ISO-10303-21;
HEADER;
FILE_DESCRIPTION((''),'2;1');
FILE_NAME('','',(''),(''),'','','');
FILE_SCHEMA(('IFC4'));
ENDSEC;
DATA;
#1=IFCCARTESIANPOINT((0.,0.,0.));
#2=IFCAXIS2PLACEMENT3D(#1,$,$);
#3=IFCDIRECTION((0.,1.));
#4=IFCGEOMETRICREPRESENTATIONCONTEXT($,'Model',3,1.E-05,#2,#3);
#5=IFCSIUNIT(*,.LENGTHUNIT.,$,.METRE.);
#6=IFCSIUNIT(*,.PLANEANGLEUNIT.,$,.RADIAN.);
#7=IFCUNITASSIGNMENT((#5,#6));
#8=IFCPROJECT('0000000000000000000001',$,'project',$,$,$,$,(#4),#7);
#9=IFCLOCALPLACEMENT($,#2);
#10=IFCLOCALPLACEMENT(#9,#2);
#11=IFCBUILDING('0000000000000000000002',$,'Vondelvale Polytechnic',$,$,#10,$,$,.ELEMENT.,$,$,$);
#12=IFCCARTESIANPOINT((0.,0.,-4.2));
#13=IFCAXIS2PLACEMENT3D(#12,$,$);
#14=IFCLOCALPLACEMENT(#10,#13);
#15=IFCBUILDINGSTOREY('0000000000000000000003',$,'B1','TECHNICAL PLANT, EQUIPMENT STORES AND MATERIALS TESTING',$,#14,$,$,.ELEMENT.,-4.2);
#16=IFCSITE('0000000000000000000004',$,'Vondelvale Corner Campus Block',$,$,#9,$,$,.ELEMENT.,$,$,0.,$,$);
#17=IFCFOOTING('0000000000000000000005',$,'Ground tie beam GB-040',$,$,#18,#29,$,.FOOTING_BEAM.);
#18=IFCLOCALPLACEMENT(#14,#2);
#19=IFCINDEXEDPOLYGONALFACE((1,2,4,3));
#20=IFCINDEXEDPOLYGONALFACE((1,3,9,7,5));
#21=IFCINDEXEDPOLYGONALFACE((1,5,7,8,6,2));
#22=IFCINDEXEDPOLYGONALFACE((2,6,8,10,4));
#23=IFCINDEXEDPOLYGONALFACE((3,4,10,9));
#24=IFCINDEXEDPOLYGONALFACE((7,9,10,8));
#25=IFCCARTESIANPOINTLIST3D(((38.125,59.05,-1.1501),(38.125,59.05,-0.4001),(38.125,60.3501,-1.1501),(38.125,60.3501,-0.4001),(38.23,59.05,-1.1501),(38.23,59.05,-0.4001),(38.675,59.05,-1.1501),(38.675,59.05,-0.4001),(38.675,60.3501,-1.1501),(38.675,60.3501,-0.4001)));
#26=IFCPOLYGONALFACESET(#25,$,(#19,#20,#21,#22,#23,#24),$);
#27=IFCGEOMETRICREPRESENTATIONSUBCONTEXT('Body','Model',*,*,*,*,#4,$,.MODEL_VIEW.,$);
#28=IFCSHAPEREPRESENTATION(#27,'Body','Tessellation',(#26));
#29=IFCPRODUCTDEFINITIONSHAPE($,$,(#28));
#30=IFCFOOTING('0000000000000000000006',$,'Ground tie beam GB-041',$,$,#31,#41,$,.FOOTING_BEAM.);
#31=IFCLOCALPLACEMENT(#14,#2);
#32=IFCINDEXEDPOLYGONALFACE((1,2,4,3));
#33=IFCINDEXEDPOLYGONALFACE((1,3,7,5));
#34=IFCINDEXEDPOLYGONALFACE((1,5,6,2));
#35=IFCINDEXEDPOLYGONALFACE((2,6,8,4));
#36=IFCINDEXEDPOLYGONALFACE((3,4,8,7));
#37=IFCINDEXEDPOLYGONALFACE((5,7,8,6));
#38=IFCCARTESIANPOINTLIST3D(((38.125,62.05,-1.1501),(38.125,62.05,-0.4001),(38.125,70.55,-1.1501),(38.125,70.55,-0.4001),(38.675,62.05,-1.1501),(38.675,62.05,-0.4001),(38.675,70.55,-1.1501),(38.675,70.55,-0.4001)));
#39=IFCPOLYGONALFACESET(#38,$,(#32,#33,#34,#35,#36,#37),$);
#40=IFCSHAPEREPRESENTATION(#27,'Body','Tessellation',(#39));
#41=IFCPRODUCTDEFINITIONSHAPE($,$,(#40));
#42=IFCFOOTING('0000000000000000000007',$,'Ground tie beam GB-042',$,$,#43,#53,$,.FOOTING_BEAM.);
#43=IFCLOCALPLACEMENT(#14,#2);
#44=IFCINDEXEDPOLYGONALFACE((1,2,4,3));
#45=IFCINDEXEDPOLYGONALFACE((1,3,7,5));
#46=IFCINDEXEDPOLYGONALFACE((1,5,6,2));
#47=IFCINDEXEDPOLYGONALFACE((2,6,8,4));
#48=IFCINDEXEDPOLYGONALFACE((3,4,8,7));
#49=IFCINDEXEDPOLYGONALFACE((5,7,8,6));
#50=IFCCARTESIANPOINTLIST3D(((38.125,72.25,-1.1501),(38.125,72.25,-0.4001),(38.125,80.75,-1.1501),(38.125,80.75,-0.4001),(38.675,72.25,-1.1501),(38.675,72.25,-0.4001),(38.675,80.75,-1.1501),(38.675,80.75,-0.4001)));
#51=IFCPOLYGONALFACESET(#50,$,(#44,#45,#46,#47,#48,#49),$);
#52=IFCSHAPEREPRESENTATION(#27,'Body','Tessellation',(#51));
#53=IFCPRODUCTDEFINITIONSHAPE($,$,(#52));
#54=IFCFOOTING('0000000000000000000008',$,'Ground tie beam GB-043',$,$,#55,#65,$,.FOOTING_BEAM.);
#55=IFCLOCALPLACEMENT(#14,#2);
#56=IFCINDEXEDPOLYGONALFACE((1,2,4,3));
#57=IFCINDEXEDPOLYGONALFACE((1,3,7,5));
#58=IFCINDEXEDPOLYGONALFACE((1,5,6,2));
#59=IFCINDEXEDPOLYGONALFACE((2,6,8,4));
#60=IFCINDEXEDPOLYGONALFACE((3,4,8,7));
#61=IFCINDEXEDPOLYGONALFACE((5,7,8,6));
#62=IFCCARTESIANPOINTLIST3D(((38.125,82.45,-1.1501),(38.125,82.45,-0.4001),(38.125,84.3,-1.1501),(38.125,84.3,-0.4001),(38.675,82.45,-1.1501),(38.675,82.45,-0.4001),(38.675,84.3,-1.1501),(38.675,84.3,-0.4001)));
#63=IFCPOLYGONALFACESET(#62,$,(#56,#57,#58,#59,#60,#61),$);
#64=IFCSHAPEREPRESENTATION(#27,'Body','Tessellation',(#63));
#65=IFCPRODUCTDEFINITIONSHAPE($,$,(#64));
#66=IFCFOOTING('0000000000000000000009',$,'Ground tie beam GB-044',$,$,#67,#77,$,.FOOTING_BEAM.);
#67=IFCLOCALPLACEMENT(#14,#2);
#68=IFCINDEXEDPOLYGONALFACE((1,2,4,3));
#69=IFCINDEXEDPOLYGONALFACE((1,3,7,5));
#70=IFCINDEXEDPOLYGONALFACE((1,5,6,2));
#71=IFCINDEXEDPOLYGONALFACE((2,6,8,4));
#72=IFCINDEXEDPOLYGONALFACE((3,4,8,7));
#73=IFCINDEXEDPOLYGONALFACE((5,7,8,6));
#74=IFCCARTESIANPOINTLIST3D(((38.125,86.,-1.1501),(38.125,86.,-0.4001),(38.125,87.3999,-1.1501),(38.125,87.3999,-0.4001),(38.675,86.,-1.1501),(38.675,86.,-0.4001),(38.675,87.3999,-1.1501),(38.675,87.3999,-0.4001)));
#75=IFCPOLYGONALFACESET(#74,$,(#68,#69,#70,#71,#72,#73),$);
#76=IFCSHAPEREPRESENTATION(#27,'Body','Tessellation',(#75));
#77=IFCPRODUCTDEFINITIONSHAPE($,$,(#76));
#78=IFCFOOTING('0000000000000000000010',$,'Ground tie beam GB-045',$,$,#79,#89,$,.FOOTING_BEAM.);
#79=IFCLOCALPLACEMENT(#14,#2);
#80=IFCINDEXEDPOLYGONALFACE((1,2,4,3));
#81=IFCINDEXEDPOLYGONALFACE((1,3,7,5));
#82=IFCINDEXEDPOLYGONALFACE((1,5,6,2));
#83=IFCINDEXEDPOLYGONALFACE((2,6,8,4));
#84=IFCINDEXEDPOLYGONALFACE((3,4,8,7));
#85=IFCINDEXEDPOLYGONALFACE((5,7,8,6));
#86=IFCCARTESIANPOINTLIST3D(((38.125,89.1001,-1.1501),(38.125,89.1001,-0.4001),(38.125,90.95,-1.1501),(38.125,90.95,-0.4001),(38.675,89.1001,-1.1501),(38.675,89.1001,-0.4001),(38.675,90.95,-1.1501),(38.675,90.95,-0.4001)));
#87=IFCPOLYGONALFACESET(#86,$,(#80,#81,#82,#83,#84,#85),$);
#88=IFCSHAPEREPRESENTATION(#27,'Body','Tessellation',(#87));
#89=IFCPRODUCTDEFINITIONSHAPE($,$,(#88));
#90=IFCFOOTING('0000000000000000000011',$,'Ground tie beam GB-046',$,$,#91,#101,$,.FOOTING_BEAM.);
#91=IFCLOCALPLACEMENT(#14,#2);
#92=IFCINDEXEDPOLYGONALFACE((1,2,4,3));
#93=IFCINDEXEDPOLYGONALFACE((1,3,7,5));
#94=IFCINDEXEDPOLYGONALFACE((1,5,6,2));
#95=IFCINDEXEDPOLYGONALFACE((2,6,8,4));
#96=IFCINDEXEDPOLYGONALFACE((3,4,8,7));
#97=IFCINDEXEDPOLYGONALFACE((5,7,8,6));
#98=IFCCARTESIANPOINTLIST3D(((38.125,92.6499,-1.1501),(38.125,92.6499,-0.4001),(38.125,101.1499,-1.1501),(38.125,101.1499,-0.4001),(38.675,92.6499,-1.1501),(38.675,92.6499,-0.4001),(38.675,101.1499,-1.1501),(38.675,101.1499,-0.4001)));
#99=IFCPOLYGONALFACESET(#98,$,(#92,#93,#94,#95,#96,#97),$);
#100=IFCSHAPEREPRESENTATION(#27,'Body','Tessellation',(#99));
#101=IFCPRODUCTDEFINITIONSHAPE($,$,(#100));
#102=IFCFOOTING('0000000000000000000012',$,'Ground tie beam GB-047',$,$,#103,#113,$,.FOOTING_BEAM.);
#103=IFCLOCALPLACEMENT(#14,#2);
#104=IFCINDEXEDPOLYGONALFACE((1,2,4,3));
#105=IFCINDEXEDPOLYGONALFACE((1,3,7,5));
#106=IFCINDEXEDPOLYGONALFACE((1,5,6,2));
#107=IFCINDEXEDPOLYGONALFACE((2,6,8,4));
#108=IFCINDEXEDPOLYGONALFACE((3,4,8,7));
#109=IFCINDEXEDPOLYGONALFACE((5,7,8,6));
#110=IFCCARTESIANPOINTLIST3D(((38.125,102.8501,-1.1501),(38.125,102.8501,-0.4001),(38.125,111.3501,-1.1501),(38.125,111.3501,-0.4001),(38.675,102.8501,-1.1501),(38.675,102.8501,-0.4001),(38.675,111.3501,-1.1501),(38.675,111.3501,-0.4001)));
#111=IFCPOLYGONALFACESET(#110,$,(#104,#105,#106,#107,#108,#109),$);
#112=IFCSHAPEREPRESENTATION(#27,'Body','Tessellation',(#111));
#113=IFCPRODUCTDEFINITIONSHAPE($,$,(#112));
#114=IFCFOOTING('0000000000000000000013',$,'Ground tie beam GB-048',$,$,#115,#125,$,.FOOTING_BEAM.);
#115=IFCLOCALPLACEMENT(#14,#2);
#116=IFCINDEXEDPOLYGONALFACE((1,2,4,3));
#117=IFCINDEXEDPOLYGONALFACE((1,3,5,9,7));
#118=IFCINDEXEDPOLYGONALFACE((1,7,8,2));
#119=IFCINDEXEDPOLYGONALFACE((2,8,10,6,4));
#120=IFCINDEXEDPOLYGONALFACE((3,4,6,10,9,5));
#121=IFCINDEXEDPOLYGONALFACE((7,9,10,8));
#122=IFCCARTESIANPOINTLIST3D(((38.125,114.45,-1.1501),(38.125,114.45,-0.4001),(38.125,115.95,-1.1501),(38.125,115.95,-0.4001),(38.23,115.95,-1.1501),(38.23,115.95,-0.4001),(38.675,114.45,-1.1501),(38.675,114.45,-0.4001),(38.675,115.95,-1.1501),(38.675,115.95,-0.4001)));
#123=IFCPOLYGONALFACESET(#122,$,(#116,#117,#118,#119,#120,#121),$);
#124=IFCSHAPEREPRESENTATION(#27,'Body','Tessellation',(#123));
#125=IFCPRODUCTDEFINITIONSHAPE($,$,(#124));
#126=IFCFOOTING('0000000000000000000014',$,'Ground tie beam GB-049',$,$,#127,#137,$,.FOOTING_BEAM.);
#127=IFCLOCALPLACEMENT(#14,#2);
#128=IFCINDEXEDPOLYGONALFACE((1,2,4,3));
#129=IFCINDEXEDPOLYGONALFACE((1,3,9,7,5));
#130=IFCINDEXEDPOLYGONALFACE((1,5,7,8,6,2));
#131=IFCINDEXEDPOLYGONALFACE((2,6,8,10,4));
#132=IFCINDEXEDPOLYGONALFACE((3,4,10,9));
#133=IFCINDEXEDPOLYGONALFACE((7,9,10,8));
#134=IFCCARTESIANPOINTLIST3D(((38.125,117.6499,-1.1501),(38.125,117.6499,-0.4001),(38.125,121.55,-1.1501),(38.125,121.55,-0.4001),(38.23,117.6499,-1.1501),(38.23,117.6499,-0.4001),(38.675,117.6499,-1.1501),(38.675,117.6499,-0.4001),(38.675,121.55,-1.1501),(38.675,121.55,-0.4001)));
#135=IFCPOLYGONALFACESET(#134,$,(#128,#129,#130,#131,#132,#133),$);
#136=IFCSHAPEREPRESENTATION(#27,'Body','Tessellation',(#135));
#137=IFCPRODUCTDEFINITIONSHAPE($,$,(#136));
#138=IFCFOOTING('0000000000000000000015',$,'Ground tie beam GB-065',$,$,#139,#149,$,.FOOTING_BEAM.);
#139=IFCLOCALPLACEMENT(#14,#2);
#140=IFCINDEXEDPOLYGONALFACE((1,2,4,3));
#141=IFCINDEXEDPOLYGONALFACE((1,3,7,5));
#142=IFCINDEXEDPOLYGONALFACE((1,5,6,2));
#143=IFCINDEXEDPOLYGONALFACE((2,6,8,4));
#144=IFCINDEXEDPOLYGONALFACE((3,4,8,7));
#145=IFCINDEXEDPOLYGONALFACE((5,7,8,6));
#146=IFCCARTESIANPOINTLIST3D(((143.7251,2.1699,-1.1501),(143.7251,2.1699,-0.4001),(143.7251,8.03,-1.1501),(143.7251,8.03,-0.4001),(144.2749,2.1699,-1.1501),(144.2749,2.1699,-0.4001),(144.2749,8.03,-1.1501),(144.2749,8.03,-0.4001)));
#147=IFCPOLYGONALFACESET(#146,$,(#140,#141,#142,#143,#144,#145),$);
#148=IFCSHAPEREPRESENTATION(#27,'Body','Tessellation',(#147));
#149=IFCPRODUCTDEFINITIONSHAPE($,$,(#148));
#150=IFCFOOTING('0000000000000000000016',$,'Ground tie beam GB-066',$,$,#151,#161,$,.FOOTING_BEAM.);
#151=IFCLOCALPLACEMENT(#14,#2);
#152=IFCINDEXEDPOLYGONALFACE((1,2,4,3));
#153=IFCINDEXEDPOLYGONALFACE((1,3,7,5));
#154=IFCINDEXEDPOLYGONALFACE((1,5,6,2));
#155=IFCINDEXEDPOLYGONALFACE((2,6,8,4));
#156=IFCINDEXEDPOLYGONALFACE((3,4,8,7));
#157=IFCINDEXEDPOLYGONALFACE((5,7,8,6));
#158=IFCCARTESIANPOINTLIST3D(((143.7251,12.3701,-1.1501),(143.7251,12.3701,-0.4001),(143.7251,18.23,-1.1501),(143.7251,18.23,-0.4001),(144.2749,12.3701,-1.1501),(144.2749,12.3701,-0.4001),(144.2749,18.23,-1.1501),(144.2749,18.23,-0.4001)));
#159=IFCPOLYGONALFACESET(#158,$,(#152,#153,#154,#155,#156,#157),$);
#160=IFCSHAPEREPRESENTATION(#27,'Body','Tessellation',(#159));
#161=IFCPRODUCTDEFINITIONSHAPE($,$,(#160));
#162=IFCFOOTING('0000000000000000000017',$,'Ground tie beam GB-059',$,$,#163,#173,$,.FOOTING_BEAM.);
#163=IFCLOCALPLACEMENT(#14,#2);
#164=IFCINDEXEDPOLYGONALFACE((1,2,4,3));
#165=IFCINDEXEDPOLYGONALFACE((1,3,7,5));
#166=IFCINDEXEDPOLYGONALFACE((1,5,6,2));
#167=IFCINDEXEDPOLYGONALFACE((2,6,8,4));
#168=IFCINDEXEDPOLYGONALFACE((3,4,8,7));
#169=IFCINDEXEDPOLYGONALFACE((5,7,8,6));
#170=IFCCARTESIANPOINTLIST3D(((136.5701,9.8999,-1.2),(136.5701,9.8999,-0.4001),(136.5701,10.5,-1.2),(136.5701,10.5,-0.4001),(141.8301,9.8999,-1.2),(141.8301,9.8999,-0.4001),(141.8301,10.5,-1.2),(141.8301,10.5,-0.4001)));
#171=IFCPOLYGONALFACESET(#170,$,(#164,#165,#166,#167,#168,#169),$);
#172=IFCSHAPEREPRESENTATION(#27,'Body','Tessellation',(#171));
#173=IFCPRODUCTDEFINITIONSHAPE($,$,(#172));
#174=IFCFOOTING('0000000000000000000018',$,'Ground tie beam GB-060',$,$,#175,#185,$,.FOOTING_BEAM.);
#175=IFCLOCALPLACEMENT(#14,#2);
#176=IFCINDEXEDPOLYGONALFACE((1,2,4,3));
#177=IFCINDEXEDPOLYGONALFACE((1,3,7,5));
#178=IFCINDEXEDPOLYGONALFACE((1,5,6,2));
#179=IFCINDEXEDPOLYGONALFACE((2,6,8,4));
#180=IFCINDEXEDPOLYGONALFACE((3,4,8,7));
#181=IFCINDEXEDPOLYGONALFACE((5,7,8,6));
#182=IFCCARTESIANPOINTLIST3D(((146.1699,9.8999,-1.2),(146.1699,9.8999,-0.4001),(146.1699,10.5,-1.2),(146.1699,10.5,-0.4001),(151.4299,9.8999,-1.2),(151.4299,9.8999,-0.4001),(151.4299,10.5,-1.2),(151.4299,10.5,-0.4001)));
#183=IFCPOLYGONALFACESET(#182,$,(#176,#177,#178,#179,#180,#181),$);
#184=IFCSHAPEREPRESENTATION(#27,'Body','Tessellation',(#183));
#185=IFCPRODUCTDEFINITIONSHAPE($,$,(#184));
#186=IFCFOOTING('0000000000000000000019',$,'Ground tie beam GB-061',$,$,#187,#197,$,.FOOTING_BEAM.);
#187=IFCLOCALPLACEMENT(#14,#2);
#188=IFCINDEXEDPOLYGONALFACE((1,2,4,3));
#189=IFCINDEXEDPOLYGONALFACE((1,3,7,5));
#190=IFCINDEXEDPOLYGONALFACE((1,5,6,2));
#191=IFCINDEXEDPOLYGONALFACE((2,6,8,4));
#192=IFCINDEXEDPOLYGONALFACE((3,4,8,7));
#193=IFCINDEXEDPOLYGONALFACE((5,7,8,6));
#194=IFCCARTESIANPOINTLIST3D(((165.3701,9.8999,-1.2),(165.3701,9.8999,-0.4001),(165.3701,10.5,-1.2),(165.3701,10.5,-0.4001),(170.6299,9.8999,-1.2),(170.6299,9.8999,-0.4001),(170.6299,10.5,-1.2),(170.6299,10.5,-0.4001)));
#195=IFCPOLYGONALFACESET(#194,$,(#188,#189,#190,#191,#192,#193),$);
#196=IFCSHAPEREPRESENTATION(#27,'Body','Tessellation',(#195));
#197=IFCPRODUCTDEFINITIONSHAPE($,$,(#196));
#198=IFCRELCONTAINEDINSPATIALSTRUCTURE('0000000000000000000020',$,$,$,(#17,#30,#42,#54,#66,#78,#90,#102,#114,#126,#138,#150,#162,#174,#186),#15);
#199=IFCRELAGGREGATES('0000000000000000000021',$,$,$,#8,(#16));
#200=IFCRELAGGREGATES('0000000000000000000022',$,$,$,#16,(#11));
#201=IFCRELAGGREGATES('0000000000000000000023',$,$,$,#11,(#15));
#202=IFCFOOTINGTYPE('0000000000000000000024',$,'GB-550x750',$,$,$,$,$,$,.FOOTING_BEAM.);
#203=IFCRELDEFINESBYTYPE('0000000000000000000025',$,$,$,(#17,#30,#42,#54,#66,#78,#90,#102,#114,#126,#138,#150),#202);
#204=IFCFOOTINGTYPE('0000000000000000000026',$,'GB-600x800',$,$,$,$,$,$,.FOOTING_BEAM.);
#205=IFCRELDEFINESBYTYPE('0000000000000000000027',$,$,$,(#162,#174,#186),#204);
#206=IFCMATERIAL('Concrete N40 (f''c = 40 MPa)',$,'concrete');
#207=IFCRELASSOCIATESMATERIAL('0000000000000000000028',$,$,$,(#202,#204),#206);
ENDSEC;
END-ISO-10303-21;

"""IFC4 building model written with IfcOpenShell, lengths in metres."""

from ifc_helpers import new_model, si_unit, direction, frame, origin, place, context, subcontext, project, spatial, polyline, outline, extrude, material, type_object, element, save


model = new_model("IFC4")

# Units and contexts
model_context = context("Model", 3, precision=1e-05, world=origin(), true_north=direction((0.0, 1.0)))
body_context = subcontext(model_context, "Body", "Model", "MODEL_VIEW")
ifc_project = project(units=[si_unit("LENGTHUNIT", "METRE"), si_unit("PLANEANGLEUNIT", "RADIAN")], contexts=[model_context])

# Site, building, storey
site_placement = place(None, origin())
site = spatial("IfcSite", under=ifc_project, at=site_placement, Name="Vondelvale Corner Campus Block", CompositionType="ELEMENT", RefElevation=0.0)
building_placement = place(site_placement, origin())
building = spatial("IfcBuilding", under=site, at=building_placement, Name="Vondelvale Polytechnic", CompositionType="ELEMENT")
storey_placement = place(building_placement, frame((0.0, 0.0, -4.2)))
storey = spatial("IfcBuildingStorey", under=building, at=storey_placement, Name="B1", Description="TECHNICAL PLANT, EQUIPMENT STORES AND MATERIALS TESTING", CompositionType="ELEMENT", Elevation=-4.2)

# Footings
ifc_material = material(Name="Concrete N40 (f'c = 40 MPa)", Category="concrete")
footing_type_1 = type_object("IfcFootingType", Name="GB-550x750", PredefinedType="FOOTING_BEAM", material=ifc_material)
footing_1_placement = place(storey_placement, frame((0.0, 0.0, -1.1501)))
element("IfcFooting", 1, at=footing_1_placement, inside=storey, type_object=footing_type_1, Name="Ground tie beam GB-040", PredefinedType="FOOTING_BEAM", context=body_context, shape_type="SweptSolid", body=[
    extrude(outline(polyline([(38.675, 59.05), (38.23, 59.05), (38.125, 59.05), (38.125, 60.3501), (38.675, 60.3501), (38.675, 59.05)])), origin(), (0.0, 0.0, 1.0), 0.75),
])
footing_2_placement = place(storey_placement, frame((0.0, 0.0, -1.1501)))
element("IfcFooting", 2, at=footing_2_placement, inside=storey, type_object=footing_type_1, Name="Ground tie beam GB-041", PredefinedType="FOOTING_BEAM", context=body_context, shape_type="SweptSolid", body=[
    extrude(outline(polyline([(38.675, 62.05), (38.125, 62.05), (38.125, 70.55), (38.675, 70.55), (38.675, 62.05)])), origin(), (0.0, 0.0, 1.0), 0.75),
])
footing_3_placement = place(storey_placement, frame((0.0, 0.0, -1.1501)))
element("IfcFooting", 3, at=footing_3_placement, inside=storey, type_object=footing_type_1, Name="Ground tie beam GB-042", PredefinedType="FOOTING_BEAM", context=body_context, shape_type="SweptSolid", body=[
    extrude(outline(polyline([(38.675, 72.25), (38.125, 72.25), (38.125, 80.75), (38.675, 80.75), (38.675, 72.25)])), origin(), (0.0, 0.0, 1.0), 0.75),
])
footing_4_placement = place(storey_placement, frame((0.0, 0.0, -1.1501)))
element("IfcFooting", 4, at=footing_4_placement, inside=storey, type_object=footing_type_1, Name="Ground tie beam GB-043", PredefinedType="FOOTING_BEAM", context=body_context, shape_type="SweptSolid", body=[
    extrude(outline(polyline([(38.675, 82.45), (38.125, 82.45), (38.125, 84.3), (38.675, 84.3), (38.675, 82.45)])), origin(), (0.0, 0.0, 1.0), 0.75),
])
footing_5_placement = place(storey_placement, frame((0.0, 0.0, -1.1501)))
element("IfcFooting", 5, at=footing_5_placement, inside=storey, type_object=footing_type_1, Name="Ground tie beam GB-044", PredefinedType="FOOTING_BEAM", context=body_context, shape_type="SweptSolid", body=[
    extrude(outline(polyline([(38.675, 86.0), (38.125, 86.0), (38.125, 87.3999), (38.675, 87.3999), (38.675, 86.0)])), origin(), (0.0, 0.0, 1.0), 0.75),
])
footing_6_placement = place(storey_placement, frame((0.0, 0.0, -1.1501)))
element("IfcFooting", 6, at=footing_6_placement, inside=storey, type_object=footing_type_1, Name="Ground tie beam GB-045", PredefinedType="FOOTING_BEAM", context=body_context, shape_type="SweptSolid", body=[
    extrude(outline(polyline([(38.675, 89.1001), (38.125, 89.1001), (38.125, 90.95), (38.675, 90.95), (38.675, 89.1001)])), origin(), (0.0, 0.0, 1.0), 0.75),
])
footing_7_placement = place(storey_placement, frame((0.0, 0.0, -1.1501)))
element("IfcFooting", 7, at=footing_7_placement, inside=storey, type_object=footing_type_1, Name="Ground tie beam GB-046", PredefinedType="FOOTING_BEAM", context=body_context, shape_type="SweptSolid", body=[
    extrude(outline(polyline([(38.675, 92.6499), (38.125, 92.6499), (38.125, 101.1499), (38.675, 101.1499), (38.675, 92.6499)])), origin(), (0.0, 0.0, 1.0), 0.75),
])
footing_8_placement = place(storey_placement, frame((0.0, 0.0, -1.1501)))
element("IfcFooting", 8, at=footing_8_placement, inside=storey, type_object=footing_type_1, Name="Ground tie beam GB-047", PredefinedType="FOOTING_BEAM", context=body_context, shape_type="SweptSolid", body=[
    extrude(outline(polyline([(38.675, 102.8501), (38.125, 102.8501), (38.125, 111.3501), (38.675, 111.3501), (38.675, 102.8501)])), origin(), (0.0, 0.0, 1.0), 0.75),
])
footing_9_placement = place(storey_placement, frame((0.0, 0.0, -1.1501)))
element("IfcFooting", 9, at=footing_9_placement, inside=storey, type_object=footing_type_1, Name="Ground tie beam GB-048", PredefinedType="FOOTING_BEAM", context=body_context, shape_type="SweptSolid", body=[
    extrude(outline(polyline([(38.675, 114.45), (38.125, 114.45), (38.125, 115.95), (38.23, 115.95), (38.675, 115.95), (38.675, 114.45)])), origin(), (0.0, 0.0, 1.0), 0.75),
])
footing_10_placement = place(storey_placement, frame((0.0, 0.0, -1.1501)))
element("IfcFooting", 10, at=footing_10_placement, inside=storey, type_object=footing_type_1, Name="Ground tie beam GB-049", PredefinedType="FOOTING_BEAM", context=body_context, shape_type="SweptSolid", body=[
    extrude(outline(polyline([(38.675, 117.6499), (38.23, 117.6499), (38.125, 117.6499), (38.125, 121.55), (38.675, 121.55), (38.675, 117.6499)])), origin(), (0.0, 0.0, 1.0), 0.75),
])
footing_11_placement = place(storey_placement, frame((0.0, 0.0, -1.1501)))
element("IfcFooting", 11, at=footing_11_placement, inside=storey, type_object=footing_type_1, Name="Ground tie beam GB-065", PredefinedType="FOOTING_BEAM", context=body_context, shape_type="SweptSolid", body=[
    extrude(outline(polyline([(144.2749, 2.1699), (143.7251, 2.1699), (143.7251, 8.03), (144.2749, 8.03), (144.2749, 2.1699)])), origin(), (0.0, 0.0, 1.0), 0.75),
])
footing_12_placement = place(storey_placement, frame((0.0, 0.0, -1.1501)))
element("IfcFooting", 12, at=footing_12_placement, inside=storey, type_object=footing_type_1, Name="Ground tie beam GB-066", PredefinedType="FOOTING_BEAM", context=body_context, shape_type="SweptSolid", body=[
    extrude(outline(polyline([(144.2749, 12.3701), (143.7251, 12.3701), (143.7251, 18.23), (144.2749, 18.23), (144.2749, 12.3701)])), origin(), (0.0, 0.0, 1.0), 0.75),
])
footing_type_2 = type_object("IfcFootingType", Name="GB-600x800", PredefinedType="FOOTING_BEAM", material=ifc_material)
footing_13_placement = place(storey_placement, frame((0.0, 0.0, -1.2)))
element("IfcFooting", 13, at=footing_13_placement, inside=storey, type_object=footing_type_2, Name="Ground tie beam GB-059", PredefinedType="FOOTING_BEAM", context=body_context, shape_type="SweptSolid", body=[
    extrude(outline(polyline([(136.5701, 9.8999), (136.5701, 10.5), (141.8301, 10.5), (141.8301, 9.8999), (136.5701, 9.8999)])), origin(), (0.0, 0.0, 1.0), 0.7998),
])
footing_14_placement = place(storey_placement, frame((0.0, 0.0, -1.2)))
element("IfcFooting", 14, at=footing_14_placement, inside=storey, type_object=footing_type_2, Name="Ground tie beam GB-060", PredefinedType="FOOTING_BEAM", context=body_context, shape_type="SweptSolid", body=[
    extrude(outline(polyline([(146.1699, 9.8999), (146.1699, 10.5), (151.4299, 10.5), (151.4299, 9.8999), (146.1699, 9.8999)])), origin(), (0.0, 0.0, 1.0), 0.7998),
])
footing_15_placement = place(storey_placement, frame((0.0, 0.0, -1.2)))
element("IfcFooting", 15, at=footing_15_placement, inside=storey, type_object=footing_type_2, Name="Ground tie beam GB-061", PredefinedType="FOOTING_BEAM", context=body_context, shape_type="SweptSolid", body=[
    extrude(outline(polyline([(165.3701, 9.8999), (165.3701, 10.5), (170.6299, 10.5), (170.6299, 9.8999), (165.3701, 9.8999)])), origin(), (0.0, 0.0, 1.0), 0.7998),
])

save(model, "model.ifc")
